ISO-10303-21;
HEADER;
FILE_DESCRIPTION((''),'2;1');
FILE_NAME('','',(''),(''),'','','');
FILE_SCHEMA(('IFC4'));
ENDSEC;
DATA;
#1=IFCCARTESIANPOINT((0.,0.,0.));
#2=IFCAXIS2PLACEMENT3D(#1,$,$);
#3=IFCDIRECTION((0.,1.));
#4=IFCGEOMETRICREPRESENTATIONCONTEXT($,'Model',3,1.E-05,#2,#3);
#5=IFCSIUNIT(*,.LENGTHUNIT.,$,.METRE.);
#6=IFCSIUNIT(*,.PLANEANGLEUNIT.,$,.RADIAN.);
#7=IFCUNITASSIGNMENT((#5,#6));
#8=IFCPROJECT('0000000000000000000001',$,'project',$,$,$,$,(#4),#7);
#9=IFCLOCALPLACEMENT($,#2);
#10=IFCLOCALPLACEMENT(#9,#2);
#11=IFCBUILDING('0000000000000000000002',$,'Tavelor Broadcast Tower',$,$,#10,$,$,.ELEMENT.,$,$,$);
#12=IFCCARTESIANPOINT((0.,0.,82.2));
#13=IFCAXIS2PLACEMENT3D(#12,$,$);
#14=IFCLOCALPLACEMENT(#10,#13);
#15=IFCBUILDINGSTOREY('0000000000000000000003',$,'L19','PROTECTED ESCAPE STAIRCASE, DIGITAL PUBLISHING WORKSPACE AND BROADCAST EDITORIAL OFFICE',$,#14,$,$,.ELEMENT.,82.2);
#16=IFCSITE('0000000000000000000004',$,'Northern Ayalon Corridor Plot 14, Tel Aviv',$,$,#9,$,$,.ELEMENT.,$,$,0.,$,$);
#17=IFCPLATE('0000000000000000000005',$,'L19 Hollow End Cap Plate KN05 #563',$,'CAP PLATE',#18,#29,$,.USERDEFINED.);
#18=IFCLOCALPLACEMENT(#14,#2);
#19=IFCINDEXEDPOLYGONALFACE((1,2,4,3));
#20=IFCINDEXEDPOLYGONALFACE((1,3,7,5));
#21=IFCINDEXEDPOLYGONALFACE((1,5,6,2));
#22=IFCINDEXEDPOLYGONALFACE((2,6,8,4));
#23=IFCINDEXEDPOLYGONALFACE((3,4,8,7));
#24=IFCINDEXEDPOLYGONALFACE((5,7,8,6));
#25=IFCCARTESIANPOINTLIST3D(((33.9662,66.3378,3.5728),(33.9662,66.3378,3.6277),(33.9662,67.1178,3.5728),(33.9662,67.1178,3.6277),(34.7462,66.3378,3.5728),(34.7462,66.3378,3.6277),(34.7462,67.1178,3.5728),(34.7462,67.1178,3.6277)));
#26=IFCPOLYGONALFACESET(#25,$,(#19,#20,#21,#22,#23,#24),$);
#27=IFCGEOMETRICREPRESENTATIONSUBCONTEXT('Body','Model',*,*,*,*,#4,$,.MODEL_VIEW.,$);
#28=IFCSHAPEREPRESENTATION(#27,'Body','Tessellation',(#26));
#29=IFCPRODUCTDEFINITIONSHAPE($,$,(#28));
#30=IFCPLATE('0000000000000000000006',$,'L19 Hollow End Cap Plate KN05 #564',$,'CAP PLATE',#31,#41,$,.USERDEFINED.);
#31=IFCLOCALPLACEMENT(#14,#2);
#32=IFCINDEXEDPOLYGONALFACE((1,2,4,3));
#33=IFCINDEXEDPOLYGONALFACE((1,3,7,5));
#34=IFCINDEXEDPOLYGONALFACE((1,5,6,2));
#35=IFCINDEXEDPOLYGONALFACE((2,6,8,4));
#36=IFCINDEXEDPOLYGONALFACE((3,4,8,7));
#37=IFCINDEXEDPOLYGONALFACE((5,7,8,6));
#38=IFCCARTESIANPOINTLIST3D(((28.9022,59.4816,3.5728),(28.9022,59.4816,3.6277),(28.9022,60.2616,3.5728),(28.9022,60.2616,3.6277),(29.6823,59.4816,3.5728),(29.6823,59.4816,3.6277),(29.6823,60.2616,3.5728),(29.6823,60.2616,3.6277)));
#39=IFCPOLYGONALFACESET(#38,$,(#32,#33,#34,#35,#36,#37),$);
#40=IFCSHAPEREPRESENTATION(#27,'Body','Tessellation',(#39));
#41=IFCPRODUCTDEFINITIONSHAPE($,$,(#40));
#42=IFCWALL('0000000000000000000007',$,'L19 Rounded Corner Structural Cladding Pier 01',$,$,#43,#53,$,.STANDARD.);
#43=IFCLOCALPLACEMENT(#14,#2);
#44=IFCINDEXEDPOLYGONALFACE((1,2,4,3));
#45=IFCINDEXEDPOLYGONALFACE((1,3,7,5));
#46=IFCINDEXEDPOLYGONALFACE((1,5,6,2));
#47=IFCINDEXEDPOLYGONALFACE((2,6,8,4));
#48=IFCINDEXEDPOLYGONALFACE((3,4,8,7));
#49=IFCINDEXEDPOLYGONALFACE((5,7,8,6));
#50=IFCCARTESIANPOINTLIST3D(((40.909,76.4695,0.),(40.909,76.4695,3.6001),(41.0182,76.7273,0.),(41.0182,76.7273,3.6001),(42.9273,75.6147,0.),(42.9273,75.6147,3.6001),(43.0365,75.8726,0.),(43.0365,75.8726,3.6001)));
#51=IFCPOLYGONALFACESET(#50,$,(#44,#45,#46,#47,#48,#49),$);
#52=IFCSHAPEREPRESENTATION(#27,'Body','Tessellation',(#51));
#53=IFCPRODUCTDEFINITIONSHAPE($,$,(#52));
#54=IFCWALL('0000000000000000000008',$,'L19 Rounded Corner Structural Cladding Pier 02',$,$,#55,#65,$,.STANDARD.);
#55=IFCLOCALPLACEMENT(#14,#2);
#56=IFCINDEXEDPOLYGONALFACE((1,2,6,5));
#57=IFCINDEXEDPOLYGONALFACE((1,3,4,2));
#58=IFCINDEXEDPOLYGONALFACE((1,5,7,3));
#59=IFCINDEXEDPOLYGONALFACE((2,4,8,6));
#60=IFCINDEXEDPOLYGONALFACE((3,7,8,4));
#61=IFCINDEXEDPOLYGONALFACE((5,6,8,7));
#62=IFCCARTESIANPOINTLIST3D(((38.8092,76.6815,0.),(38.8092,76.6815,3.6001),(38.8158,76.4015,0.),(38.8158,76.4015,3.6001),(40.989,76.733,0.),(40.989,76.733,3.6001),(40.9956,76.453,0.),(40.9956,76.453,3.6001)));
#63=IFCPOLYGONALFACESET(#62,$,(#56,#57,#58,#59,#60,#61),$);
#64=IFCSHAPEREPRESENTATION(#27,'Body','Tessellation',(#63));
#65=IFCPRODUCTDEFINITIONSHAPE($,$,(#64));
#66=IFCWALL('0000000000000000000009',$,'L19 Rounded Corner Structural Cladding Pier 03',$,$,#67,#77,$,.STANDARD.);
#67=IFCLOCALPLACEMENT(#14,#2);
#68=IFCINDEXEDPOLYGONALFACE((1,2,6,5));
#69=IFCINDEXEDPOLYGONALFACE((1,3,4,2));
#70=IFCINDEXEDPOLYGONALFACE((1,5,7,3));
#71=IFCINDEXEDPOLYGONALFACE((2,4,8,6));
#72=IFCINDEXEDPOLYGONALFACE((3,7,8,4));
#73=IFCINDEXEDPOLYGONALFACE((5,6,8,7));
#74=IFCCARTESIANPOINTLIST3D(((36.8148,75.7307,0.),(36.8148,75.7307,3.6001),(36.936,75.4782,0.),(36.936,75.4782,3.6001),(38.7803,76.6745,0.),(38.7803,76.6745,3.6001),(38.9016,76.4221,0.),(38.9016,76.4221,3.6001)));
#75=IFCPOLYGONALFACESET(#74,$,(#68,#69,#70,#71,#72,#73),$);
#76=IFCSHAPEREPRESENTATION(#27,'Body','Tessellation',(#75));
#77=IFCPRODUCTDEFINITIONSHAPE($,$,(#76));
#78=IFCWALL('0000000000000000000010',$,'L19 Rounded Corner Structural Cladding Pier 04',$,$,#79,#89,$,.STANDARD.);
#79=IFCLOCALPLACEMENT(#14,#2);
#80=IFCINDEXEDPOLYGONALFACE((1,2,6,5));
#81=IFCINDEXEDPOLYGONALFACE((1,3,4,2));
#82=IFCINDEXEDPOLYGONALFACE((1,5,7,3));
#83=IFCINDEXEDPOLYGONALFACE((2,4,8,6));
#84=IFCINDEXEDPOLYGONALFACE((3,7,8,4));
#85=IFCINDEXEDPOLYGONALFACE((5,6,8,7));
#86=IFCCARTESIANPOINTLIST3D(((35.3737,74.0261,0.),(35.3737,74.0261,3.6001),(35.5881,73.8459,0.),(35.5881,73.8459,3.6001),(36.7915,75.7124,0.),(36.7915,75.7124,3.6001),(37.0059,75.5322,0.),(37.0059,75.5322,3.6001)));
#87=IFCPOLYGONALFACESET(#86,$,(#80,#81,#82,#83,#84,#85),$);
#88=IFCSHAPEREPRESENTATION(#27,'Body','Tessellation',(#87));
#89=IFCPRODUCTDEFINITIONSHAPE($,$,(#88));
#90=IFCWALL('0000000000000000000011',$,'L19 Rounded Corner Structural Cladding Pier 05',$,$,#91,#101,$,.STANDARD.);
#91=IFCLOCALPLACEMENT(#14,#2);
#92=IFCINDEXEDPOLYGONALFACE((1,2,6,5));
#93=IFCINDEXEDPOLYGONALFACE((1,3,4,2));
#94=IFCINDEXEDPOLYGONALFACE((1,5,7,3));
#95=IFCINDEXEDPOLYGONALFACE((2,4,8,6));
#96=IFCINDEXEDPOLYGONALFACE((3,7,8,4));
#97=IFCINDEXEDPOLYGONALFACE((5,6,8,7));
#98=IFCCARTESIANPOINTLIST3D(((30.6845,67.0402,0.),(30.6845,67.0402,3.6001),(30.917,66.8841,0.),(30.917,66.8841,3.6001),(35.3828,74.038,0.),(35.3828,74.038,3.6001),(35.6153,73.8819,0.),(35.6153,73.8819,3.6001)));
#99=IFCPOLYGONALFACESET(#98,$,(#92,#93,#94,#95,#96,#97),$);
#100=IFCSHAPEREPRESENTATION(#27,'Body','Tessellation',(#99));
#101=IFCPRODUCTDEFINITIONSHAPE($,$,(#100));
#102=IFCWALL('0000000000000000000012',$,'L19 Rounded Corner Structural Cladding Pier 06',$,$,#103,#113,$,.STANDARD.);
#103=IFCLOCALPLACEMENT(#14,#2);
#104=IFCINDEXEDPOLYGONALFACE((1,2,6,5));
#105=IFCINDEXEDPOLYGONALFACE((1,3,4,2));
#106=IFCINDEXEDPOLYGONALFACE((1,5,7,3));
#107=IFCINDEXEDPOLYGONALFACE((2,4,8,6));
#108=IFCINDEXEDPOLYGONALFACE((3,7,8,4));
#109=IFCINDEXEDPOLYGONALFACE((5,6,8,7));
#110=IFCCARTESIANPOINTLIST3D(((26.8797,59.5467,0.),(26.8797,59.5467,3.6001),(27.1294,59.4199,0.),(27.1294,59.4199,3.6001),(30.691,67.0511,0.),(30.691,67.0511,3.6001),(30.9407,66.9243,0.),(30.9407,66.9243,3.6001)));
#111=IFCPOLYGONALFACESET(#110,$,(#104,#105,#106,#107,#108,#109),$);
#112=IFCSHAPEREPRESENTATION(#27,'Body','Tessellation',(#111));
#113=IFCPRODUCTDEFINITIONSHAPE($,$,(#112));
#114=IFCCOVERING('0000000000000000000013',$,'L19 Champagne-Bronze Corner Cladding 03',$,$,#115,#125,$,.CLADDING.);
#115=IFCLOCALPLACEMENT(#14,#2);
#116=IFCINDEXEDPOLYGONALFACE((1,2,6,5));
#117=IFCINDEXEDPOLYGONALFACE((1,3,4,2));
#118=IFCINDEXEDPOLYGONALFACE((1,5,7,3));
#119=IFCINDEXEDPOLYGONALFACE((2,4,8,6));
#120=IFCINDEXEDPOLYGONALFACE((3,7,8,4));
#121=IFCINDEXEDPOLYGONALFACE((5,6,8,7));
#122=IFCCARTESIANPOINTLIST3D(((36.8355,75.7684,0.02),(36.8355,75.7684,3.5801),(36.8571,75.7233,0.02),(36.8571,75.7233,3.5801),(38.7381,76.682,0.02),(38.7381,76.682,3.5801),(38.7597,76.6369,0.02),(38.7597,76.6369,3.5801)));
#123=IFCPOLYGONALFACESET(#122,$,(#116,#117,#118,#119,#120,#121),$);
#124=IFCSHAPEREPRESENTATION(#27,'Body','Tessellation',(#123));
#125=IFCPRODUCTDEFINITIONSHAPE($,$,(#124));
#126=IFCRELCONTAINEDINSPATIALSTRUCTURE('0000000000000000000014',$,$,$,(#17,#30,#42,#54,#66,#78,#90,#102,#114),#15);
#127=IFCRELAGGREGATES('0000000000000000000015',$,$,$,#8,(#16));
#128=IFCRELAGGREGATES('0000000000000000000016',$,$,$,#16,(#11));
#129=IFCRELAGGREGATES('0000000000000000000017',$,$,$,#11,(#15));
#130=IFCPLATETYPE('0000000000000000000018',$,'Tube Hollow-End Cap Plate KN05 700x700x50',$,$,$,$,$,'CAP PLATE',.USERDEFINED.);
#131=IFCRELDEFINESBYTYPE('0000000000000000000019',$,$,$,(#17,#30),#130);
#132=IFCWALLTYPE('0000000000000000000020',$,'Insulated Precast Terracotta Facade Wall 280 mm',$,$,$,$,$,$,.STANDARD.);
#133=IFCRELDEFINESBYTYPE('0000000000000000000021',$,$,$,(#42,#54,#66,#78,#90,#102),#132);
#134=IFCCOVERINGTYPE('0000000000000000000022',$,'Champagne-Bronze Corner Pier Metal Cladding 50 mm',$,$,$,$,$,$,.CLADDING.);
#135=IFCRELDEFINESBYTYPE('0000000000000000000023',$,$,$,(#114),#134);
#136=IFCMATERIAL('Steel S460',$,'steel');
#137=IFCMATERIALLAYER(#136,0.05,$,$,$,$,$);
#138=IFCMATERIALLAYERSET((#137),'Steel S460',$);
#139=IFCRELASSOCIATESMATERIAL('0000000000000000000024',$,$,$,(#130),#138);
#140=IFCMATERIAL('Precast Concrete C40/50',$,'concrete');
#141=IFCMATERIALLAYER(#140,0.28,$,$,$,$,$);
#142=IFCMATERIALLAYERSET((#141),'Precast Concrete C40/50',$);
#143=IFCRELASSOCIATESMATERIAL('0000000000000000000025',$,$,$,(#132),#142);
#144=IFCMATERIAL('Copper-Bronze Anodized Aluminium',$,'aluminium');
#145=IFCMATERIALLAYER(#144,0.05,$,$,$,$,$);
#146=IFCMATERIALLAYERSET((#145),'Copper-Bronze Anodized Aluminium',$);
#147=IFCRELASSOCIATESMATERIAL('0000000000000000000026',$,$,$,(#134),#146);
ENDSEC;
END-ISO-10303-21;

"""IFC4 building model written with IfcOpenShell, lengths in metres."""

from ifc_helpers import new_model, si_unit, direction, frame, frame_2d, origin, origin_2d, place, context, subcontext, project, spatial, rectangle, extrude, source, transform, mapped, material, layer, layer_set, type_object, element, save


model = new_model("IFC4")

# Units and contexts
model_context = context("Model", 3, precision=1e-05, world=origin(), true_north=direction((0.0, 1.0)))
body_context = subcontext(model_context, "Body", "Model", "MODEL_VIEW")
ifc_project = project(units=[si_unit("LENGTHUNIT", "METRE"), si_unit("PLANEANGLEUNIT", "RADIAN")], contexts=[model_context])

# Site, building, storey
site_placement = place(None, origin())
site = spatial("IfcSite", under=ifc_project, at=site_placement, Name="Northern Ayalon Corridor Plot 14, Tel Aviv", CompositionType="ELEMENT", RefElevation=0.0)
building_placement = place(site_placement, origin())
building = spatial("IfcBuilding", under=site, at=building_placement, Name="Tavelor Broadcast Tower", CompositionType="ELEMENT")
storey_placement = place(building_placement, frame((0.0, 0.0, 82.2)))
storey = spatial("IfcBuildingStorey", under=building, at=storey_placement, Name="L19", Description="PROTECTED ESCAPE STAIRCASE, DIGITAL PUBLISHING WORKSPACE AND BROADCAST EDITORIAL OFFICE", CompositionType="ELEMENT", Elevation=82.2)

# Shared definitions
ifc_material_1 = material(Name="Steel S460", Category="steel")

# Plates
ifc_layer_1 = layer(ifc_material_1, 0.05)
ifc_layer_set_1 = layer_set([ifc_layer_1], Name="Steel S460")
plate_type = type_object("IfcPlateType", Name="Tube Hollow-End Cap Plate KN05 700x700x50", ElementType="CAP PLATE", PredefinedType="USERDEFINED", material=ifc_layer_set_1)
shared_shape_1 = source(origin(), body_context, "Body", "SweptSolid", [
    extrude(rectangle(XDim=0.78, YDim=0.78, at=origin_2d()), origin(), (0.0, 0.0, 1.0), 0.0549),
])
for number, where, z_axis, x_axis, name in (
    (1, (34.3562, 66.7278, 3.5728), (0.0, 0.0, 1.0), (1.0, 0.0, 0.0), "L19 Hollow End Cap Plate KN05 #563"),
    (2, (29.2922, 59.8716, 3.5728), (0.0, 0.0, 1.0), (1.0, 0.0, 0.0), "L19 Hollow End Cap Plate KN05 #564"),
):
    element("IfcPlate", number, at=place(storey_placement, frame(where, z_axis=z_axis, x_axis=x_axis)), inside=storey, type_object=plate_type, Name=name, ObjectType="CAP PLATE", PredefinedType="USERDEFINED", context=body_context, shape_type="MappedRepresentation", body=[
        mapped(shared_shape_1, transform((0.0, 0.0, 0.0), scale=1.0)),
    ])

# Walls
ifc_material_2 = material(Name="Precast Concrete C40/50", Category="concrete")
ifc_layer_2 = layer(ifc_material_2, 0.28)
ifc_layer_set_2 = layer_set([ifc_layer_2], Name="Precast Concrete C40/50")
wall_type = type_object("IfcWallType", Name="Insulated Precast Terracotta Facade Wall 280 mm", PredefinedType="STANDARD", material=ifc_layer_set_2)
wall_1_placement = place(storey_placement, frame((42.9819, 75.7437, 0.0), z_axis=(0.0, 0.0, 1.0), x_axis=(-0.92083, 0.389963, 0.0)))
element("IfcWall", 3, at=wall_1_placement, inside=storey, type_object=wall_type, Name="L19 Rounded Corner Structural Cladding Pier 01", PredefinedType="STANDARD", context=body_context, shape_type="SweptSolid", body=[
    extrude(rectangle(XDim=2.1919, YDim=0.28, at=frame_2d((1.0959, 0.0))), origin(), (0.0, 0.0, 1.0), 3.6001),
])
for number, where, z_axis, x_axis, name in (
    (4, (40.9924, 76.593, 0.0), (0.0, 0.0, 1.0), (-0.999721, -0.023624, 0.0), "L19 Rounded Corner Structural Cladding Pier 02"),
    (5, (38.8411, 76.5483, 0.0), (0.0, 0.0, 1.0), (-0.901457, -0.432869, 0.0), "L19 Rounded Corner Structural Cladding Pier 03"),
):
    element("IfcWall", number, at=place(storey_placement, frame(where, z_axis=z_axis, x_axis=x_axis)), inside=storey, type_object=wall_type, Name=name, PredefinedType="STANDARD", context=body_context, shape_type="SweptSolid", body=[
        extrude(rectangle(XDim=2.1804, YDim=0.28, at=frame_2d((1.0903, 0.0))), origin(), (0.0, 0.0, 1.0), 3.6001),
    ])
wall_2_placement = place(storey_placement, frame((36.8987, 75.6223, 0.0), z_axis=(0.0, 0.0, 1.0), x_axis=(-0.643525, -0.765425, 0.0)))
element("IfcWall", 6, at=wall_2_placement, inside=storey, type_object=wall_type, Name="L19 Rounded Corner Structural Cladding Pier 04", PredefinedType="STANDARD", context=body_context, shape_type="SweptSolid", body=[
    extrude(rectangle(XDim=2.2031, YDim=0.28, at=frame_2d((1.1016, 0.0))), origin(), (0.0, 0.0, 1.0), 3.6001),
])
wall_3_placement = place(storey_placement, frame((35.499, 73.96, 0.0), z_axis=(0.0, 0.0, 1.0), x_axis=(-0.557411, -0.830237, 0.0)))
element("IfcWall", 7, at=wall_3_placement, inside=storey, type_object=wall_type, Name="L19 Rounded Corner Structural Cladding Pier 05", PredefinedType="STANDARD", context=body_context, shape_type="SweptSolid", body=[
    extrude(rectangle(XDim=8.4287, YDim=0.28, at=frame_2d((4.2144, 0.0))), origin(), (0.0, 0.0, 1.0), 3.6001),
])
wall_4_placement = place(storey_placement, frame((30.8159, 66.9878, 0.0), z_axis=(0.0, 0.0, 1.0), x_axis=(-0.45282, -0.891602, 0.0)))
element("IfcWall", 8, at=wall_4_placement, inside=storey, type_object=wall_type, Name="L19 Rounded Corner Structural Cladding Pier 06", PredefinedType="STANDARD", context=body_context, shape_type="SweptSolid", body=[
    extrude(rectangle(XDim=8.4167, YDim=0.28, at=frame_2d((4.2085, 0.0))), origin(), (0.0, 0.0, 1.0), 3.6001),
])

# Covering
ifc_material_3 = material(Name="Copper-Bronze Anodized Aluminium", Category="aluminium")
ifc_layer_3 = layer(ifc_material_3, 0.05)
ifc_layer_set_3 = layer_set([ifc_layer_3], Name="Copper-Bronze Anodized Aluminium")
covering_type = type_object("IfcCoveringType", Name="Champagne-Bronze Corner Pier Metal Cladding 50 mm", PredefinedType="CLADDING", material=ifc_layer_set_3)
covering_placement = place(storey_placement, frame((37.7976, 76.2026, 0.02), z_axis=(0.0, 0.0, 1.0), x_axis=(-0.901455, -0.432873, 0.0)))
element("IfcCovering", 9, at=covering_placement, inside=storey, type_object=covering_type, Name="L19 Champagne-Bronze Corner Cladding 03", PredefinedType="CLADDING", context=body_context, shape_type="SweptSolid", body=[
    extrude(rectangle(XDim=2.1106, YDim=0.05, at=origin_2d()), origin(), (0.0, 0.0, 1.0), 3.5601),
])

save(model, "model.ifc")
